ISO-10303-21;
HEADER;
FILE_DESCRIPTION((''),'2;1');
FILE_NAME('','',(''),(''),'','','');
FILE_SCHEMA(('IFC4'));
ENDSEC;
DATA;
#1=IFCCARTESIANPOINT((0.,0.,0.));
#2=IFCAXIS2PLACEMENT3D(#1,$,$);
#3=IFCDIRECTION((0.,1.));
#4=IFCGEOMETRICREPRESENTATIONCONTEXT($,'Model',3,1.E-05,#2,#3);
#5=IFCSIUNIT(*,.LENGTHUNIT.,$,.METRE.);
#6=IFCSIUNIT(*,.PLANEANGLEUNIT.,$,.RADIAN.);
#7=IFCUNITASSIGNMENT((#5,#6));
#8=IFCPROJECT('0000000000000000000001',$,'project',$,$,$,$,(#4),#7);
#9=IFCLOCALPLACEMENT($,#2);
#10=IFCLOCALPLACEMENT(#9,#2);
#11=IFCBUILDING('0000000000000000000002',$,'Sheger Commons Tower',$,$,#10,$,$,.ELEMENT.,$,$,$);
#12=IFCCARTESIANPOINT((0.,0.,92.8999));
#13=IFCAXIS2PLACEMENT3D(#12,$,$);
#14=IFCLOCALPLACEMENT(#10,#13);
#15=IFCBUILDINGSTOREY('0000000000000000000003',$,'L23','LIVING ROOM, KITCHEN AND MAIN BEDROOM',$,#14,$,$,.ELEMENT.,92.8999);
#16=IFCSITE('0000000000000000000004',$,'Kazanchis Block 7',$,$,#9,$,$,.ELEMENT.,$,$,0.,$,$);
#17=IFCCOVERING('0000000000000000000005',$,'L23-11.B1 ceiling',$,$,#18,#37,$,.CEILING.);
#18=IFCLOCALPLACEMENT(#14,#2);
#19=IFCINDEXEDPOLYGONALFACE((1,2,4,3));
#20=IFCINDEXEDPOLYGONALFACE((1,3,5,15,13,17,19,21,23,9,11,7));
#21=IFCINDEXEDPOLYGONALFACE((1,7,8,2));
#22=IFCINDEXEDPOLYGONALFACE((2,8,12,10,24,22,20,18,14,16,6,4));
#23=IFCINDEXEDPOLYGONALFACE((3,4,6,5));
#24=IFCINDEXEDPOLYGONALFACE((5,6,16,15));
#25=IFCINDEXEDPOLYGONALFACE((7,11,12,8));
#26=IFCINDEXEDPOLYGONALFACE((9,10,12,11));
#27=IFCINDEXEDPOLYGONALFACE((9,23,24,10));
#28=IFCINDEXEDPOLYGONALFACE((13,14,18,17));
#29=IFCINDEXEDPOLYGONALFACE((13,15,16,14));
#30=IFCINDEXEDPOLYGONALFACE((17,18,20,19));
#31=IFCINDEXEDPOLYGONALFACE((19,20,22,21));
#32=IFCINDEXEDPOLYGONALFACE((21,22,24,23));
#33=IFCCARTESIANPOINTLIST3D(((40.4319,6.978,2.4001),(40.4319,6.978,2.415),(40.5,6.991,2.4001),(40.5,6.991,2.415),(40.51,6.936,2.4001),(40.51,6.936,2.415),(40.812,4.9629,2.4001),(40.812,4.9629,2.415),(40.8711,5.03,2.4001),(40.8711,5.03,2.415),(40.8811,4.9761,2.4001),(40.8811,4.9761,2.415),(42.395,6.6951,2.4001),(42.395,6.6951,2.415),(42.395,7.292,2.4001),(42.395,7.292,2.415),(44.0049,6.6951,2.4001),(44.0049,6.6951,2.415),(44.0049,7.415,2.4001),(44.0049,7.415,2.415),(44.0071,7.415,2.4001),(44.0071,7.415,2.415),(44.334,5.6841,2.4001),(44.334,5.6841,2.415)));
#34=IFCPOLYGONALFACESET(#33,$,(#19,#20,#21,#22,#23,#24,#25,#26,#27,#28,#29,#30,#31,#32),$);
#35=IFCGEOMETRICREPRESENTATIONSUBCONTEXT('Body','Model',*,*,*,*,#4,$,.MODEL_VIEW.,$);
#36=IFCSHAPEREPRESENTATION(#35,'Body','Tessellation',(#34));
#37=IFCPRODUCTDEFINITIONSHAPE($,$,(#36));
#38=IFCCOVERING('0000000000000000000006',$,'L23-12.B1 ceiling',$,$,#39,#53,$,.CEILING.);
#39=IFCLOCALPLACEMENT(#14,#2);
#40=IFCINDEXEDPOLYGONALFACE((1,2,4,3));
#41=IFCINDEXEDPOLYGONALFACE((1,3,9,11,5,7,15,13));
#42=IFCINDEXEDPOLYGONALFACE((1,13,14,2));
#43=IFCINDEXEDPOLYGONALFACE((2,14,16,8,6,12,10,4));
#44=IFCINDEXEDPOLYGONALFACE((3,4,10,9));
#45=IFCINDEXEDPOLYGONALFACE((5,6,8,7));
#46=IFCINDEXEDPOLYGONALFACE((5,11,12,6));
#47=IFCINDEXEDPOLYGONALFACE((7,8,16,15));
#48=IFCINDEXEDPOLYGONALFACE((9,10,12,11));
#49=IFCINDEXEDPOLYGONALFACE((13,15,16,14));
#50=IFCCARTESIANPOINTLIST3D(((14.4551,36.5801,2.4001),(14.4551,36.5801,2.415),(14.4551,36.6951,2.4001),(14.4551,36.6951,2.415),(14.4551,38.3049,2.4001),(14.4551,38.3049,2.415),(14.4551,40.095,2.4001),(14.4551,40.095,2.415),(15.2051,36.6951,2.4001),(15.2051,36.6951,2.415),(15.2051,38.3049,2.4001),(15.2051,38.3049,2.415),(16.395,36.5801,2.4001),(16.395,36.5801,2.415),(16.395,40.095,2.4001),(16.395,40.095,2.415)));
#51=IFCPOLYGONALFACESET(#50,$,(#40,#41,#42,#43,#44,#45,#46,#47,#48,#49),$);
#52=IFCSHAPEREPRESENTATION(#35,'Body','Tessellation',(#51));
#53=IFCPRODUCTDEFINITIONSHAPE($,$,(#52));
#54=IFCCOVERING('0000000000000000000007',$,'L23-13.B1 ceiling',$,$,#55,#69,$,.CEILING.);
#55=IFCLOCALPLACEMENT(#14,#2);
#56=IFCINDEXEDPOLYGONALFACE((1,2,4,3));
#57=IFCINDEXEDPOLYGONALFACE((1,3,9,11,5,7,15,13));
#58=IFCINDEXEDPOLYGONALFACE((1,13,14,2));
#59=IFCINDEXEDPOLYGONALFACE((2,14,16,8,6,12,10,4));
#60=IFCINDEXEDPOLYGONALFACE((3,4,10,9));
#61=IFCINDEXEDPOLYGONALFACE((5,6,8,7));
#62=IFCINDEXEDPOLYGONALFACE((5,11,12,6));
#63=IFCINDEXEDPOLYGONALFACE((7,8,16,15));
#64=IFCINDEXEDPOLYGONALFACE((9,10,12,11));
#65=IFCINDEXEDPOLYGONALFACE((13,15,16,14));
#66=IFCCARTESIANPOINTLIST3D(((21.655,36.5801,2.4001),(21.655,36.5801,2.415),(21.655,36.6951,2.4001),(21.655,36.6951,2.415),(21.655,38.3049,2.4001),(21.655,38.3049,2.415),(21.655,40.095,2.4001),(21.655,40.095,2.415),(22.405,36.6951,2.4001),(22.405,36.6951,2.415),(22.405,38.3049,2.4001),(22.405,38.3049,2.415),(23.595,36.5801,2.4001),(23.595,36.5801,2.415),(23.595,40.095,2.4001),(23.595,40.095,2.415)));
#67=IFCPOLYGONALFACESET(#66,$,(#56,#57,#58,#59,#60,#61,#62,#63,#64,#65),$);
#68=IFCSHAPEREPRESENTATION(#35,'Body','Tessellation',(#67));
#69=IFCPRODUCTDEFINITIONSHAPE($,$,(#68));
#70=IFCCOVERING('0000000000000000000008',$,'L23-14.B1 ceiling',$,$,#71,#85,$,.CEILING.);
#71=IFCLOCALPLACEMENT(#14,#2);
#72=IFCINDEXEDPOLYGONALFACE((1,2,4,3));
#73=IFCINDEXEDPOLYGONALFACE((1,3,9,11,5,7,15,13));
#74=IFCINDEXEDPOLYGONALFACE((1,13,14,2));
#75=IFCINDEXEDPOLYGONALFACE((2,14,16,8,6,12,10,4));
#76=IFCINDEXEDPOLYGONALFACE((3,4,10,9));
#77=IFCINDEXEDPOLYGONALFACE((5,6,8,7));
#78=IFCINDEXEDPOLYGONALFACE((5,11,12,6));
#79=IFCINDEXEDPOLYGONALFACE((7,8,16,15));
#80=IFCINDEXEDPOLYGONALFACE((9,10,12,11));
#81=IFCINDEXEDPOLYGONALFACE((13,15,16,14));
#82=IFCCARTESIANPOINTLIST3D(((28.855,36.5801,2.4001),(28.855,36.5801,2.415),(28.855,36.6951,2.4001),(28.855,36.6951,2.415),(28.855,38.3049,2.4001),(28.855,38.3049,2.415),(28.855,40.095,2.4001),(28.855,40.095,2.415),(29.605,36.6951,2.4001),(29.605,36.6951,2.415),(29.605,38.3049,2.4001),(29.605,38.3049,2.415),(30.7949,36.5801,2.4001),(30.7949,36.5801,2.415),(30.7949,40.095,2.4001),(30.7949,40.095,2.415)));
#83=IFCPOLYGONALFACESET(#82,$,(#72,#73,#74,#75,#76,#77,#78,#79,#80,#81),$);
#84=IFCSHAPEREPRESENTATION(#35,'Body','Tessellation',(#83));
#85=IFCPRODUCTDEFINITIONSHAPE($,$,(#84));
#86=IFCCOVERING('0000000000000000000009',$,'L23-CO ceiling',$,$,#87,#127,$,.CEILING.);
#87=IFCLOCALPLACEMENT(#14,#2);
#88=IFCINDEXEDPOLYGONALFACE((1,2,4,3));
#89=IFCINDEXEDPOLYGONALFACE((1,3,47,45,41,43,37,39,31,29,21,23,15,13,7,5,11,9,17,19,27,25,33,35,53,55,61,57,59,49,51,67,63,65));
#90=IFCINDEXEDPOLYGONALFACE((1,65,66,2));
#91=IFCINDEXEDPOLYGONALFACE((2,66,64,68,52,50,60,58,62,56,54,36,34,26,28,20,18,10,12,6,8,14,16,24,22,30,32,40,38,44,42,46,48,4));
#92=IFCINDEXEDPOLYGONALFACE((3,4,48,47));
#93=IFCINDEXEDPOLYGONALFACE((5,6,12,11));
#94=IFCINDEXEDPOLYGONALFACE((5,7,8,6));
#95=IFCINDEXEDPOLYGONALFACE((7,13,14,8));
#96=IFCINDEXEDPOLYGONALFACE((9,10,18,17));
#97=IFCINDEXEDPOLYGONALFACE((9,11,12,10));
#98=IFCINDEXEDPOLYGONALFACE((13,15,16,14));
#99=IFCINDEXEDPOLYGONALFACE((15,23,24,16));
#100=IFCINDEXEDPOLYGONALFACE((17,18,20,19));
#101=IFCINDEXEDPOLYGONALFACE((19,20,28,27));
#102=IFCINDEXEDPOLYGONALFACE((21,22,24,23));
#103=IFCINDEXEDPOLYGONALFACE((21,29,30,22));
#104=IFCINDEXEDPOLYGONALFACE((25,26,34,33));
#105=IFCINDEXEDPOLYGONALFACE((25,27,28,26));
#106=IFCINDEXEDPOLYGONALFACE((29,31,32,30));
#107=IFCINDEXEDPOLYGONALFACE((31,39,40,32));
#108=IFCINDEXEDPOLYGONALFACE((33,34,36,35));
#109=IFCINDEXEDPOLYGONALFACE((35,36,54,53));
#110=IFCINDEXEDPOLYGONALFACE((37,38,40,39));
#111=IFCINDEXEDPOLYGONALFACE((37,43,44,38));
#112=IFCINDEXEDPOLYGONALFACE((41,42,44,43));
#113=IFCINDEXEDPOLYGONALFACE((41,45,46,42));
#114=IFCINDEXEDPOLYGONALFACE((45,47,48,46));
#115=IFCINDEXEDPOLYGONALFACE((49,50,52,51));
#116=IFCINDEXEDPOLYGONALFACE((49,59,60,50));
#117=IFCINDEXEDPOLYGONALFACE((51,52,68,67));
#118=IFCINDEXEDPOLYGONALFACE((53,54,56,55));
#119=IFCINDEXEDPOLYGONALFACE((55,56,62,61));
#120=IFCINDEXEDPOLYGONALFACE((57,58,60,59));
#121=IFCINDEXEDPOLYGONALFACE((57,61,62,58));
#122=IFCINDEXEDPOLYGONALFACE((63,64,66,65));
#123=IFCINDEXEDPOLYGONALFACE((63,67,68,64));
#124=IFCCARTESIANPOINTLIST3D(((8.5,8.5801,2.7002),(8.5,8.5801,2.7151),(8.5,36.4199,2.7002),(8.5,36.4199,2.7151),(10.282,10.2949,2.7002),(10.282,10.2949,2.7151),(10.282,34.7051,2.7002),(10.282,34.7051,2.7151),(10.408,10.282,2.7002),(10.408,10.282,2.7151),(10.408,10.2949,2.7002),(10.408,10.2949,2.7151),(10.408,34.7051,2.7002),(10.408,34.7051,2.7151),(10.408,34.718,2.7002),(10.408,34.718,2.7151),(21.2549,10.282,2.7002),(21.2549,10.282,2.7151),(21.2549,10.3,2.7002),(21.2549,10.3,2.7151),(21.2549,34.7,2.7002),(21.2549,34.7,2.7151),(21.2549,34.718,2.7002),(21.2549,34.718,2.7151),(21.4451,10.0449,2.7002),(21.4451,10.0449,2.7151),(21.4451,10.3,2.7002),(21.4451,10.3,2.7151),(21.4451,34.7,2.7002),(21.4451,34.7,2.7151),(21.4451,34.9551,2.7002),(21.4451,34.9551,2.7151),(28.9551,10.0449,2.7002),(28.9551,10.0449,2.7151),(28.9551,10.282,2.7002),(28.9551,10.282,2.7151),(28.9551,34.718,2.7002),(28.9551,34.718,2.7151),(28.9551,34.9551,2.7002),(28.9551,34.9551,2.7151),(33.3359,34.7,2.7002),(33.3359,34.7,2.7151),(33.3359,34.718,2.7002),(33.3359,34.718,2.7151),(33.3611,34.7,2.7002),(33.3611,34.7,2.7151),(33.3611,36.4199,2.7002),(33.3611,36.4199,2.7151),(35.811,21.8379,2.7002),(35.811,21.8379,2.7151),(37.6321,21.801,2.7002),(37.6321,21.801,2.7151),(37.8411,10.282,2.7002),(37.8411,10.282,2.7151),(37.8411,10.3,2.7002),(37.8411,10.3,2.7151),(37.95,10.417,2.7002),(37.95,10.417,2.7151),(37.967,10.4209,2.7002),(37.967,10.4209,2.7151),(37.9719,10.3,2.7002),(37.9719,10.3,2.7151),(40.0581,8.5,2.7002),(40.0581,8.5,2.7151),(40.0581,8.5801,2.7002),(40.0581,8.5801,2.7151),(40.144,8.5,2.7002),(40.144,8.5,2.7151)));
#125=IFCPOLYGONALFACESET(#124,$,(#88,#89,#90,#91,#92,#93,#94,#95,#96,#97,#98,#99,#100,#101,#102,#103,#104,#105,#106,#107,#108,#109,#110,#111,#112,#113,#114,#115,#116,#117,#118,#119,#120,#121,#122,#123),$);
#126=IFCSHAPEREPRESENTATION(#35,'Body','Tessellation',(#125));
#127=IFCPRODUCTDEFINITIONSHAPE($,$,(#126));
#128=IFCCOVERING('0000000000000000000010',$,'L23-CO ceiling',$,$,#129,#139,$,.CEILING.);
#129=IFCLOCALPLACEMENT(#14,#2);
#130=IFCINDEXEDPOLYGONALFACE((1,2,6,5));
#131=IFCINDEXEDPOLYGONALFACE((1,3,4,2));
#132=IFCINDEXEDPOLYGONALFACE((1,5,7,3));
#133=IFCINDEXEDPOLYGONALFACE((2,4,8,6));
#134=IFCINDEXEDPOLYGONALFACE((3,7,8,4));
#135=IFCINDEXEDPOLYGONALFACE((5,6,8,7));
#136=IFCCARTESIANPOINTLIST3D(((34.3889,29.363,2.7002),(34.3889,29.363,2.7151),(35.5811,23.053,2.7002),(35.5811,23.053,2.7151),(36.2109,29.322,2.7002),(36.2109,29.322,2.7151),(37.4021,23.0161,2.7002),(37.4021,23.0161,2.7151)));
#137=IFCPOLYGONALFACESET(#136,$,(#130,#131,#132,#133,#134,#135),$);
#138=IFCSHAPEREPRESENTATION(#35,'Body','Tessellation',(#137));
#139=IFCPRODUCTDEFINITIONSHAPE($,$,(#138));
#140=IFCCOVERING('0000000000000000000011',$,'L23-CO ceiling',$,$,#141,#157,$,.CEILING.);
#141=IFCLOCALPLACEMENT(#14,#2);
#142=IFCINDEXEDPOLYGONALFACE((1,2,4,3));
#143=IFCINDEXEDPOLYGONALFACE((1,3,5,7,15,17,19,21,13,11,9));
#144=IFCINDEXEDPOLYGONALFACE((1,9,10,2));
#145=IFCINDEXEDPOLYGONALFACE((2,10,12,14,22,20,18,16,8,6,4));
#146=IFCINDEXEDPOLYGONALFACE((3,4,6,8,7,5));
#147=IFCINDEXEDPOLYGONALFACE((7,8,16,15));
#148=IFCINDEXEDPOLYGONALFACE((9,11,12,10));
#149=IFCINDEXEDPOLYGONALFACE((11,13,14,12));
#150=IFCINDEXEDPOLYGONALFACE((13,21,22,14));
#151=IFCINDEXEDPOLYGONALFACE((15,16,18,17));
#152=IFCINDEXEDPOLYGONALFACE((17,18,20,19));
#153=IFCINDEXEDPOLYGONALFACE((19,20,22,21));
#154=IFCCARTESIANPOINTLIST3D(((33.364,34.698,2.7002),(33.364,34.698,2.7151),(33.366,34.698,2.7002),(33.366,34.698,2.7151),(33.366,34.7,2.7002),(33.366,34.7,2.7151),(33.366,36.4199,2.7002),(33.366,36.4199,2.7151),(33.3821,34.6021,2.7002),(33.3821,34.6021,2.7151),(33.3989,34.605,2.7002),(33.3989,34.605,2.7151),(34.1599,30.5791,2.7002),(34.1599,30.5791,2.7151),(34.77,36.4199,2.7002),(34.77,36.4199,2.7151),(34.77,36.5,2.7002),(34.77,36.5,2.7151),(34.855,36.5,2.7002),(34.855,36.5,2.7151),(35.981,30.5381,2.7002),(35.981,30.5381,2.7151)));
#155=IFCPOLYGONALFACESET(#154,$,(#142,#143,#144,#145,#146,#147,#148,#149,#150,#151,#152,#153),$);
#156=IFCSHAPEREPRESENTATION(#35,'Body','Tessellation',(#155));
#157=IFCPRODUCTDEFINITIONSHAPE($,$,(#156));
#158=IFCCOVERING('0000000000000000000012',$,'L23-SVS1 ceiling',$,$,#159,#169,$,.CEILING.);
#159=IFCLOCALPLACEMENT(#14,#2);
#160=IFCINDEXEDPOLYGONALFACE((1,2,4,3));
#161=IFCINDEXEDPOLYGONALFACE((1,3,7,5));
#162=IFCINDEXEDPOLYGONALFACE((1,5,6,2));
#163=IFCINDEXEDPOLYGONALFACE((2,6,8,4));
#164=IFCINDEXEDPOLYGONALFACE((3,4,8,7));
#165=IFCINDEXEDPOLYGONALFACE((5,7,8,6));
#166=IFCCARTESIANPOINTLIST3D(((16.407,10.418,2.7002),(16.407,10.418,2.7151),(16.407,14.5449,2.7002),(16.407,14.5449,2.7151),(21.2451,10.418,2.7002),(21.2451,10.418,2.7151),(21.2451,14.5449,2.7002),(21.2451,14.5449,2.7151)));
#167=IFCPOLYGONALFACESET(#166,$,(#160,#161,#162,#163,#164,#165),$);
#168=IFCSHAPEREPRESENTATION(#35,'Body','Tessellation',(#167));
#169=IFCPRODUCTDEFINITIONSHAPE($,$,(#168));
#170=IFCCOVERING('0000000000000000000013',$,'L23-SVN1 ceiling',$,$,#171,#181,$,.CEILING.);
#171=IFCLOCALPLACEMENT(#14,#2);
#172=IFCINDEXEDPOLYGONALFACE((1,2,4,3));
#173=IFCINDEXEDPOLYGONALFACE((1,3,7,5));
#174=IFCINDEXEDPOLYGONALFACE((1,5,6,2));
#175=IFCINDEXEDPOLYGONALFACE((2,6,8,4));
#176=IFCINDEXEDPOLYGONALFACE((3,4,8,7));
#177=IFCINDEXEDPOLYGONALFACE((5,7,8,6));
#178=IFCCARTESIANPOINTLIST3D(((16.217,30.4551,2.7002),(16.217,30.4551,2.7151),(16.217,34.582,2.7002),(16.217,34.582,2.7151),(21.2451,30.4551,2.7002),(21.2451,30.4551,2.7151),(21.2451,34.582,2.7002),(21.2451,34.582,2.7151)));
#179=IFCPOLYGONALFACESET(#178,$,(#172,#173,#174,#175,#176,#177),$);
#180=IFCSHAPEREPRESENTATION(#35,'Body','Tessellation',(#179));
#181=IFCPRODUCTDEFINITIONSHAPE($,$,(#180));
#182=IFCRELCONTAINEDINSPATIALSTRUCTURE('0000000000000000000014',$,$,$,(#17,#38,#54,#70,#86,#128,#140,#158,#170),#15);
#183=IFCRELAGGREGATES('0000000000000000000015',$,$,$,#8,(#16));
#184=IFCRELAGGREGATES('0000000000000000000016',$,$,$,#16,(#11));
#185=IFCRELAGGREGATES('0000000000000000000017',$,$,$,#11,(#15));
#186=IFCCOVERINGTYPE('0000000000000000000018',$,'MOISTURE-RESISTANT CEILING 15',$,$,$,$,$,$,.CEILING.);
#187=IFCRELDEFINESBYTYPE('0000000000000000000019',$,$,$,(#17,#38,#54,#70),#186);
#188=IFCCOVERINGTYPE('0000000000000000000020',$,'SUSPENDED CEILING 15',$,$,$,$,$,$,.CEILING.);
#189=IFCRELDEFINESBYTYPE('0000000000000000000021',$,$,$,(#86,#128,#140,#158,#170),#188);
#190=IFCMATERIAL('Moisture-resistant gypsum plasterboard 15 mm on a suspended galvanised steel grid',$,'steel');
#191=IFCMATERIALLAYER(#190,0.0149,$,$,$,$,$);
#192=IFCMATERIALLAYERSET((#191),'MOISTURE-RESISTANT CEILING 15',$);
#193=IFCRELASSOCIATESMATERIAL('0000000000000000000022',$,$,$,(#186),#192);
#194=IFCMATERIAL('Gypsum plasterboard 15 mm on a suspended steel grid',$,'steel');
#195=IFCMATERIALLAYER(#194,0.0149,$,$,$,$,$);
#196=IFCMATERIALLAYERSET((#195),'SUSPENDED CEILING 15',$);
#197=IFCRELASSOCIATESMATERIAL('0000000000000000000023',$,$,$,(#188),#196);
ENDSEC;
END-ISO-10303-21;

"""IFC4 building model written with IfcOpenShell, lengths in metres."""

from ifc_helpers import new_model, si_unit, direction, frame, origin, place, context, subcontext, project, spatial, polyline, outline, extrude, material, layer, layer_set, type_object, element, save


model = new_model("IFC4")

# Units and contexts
model_context = context("Model", 3, precision=1e-05, world=origin(), true_north=direction((0.0, 1.0)))
body_context = subcontext(model_context, "Body", "Model", "MODEL_VIEW")
ifc_project = project(units=[si_unit("LENGTHUNIT", "METRE"), si_unit("PLANEANGLEUNIT", "RADIAN")], contexts=[model_context])

# Site, building, storey
site_placement = place(None, origin())
site = spatial("IfcSite", under=ifc_project, at=site_placement, Name="Kazanchis Block 7", CompositionType="ELEMENT", RefElevation=0.0)
building_placement = place(site_placement, origin())
building = spatial("IfcBuilding", under=site, at=building_placement, Name="Sheger Commons Tower", CompositionType="ELEMENT")
storey_placement = place(building_placement, frame((0.0, 0.0, 92.8999)))
storey = spatial("IfcBuildingStorey", under=building, at=storey_placement, Name="L23", Description="LIVING ROOM, KITCHEN AND MAIN BEDROOM", CompositionType="ELEMENT", Elevation=92.8999)

# Coverings
ifc_material_1 = material(Name="Moisture-resistant gypsum plasterboard 15 mm on a suspended galvanised steel grid", Category="steel")
ifc_layer_1 = layer(ifc_material_1, 0.0149)
ifc_layer_set_1 = layer_set([ifc_layer_1], Name="MOISTURE-RESISTANT CEILING 15")
covering_type_1 = type_object("IfcCoveringType", Name="MOISTURE-RESISTANT CEILING 15", PredefinedType="CEILING", material=ifc_layer_set_1)
covering_1_placement = place(storey_placement, frame((0.0, 0.0, 2.4001)))
element("IfcCovering", 1, at=covering_1_placement, inside=storey, type_object=covering_type_1, Name="L23-11.B1 ceiling", PredefinedType="CEILING", context=body_context, shape_type="SweptSolid", body=[
    extrude(outline(polyline([(40.812, 4.9629), (40.8811, 4.9761), (40.8711, 5.03), (44.334, 5.6841), (44.0071, 7.415), (44.0049, 7.415), (44.0049, 6.6951), (42.395, 6.6951), (42.395, 7.292), (40.51, 6.936), (40.5, 6.991), (40.4319, 6.978), (40.812, 4.9629)])), origin(), (0.0, 0.0, 1.0), 0.0149),
])
covering_2_placement = place(storey_placement, frame((0.0, 0.0, 2.4001)))
element("IfcCovering", 2, at=covering_2_placement, inside=storey, type_object=covering_type_1, Name="L23-12.B1 ceiling", PredefinedType="CEILING", context=body_context, shape_type="SweptSolid", body=[
    extrude(outline(polyline([(14.4551, 36.5801), (16.395, 36.5801), (16.395, 40.095), (14.4551, 40.095), (14.4551, 38.3049), (15.2051, 38.3049), (15.2051, 36.6951), (14.4551, 36.6951), (14.4551, 36.5801)])), origin(), (0.0, 0.0, 1.0), 0.0149),
])
covering_3_placement = place(storey_placement, frame((0.0, 0.0, 2.4001)))
element("IfcCovering", 3, at=covering_3_placement, inside=storey, type_object=covering_type_1, Name="L23-13.B1 ceiling", PredefinedType="CEILING", context=body_context, shape_type="SweptSolid", body=[
    extrude(outline(polyline([(21.655, 36.5801), (23.595, 36.5801), (23.595, 40.095), (21.655, 40.095), (21.655, 38.3049), (22.405, 38.3049), (22.405, 36.6951), (21.655, 36.6951), (21.655, 36.5801)])), origin(), (0.0, 0.0, 1.0), 0.0149),
])
covering_4_placement = place(storey_placement, frame((0.0, 0.0, 2.4001)))
element("IfcCovering", 4, at=covering_4_placement, inside=storey, type_object=covering_type_1, Name="L23-14.B1 ceiling", PredefinedType="CEILING", context=body_context, shape_type="SweptSolid", body=[
    extrude(outline(polyline([(28.855, 36.5801), (30.7949, 36.5801), (30.7949, 40.095), (28.855, 40.095), (28.855, 38.3049), (29.605, 38.3049), (29.605, 36.6951), (28.855, 36.6951), (28.855, 36.5801)])), origin(), (0.0, 0.0, 1.0), 0.0149),
])
ifc_material_2 = material(Name="Gypsum plasterboard 15 mm on a suspended steel grid", Category="steel")
ifc_layer_2 = layer(ifc_material_2, 0.0149)
ifc_layer_set_2 = layer_set([ifc_layer_2], Name="SUSPENDED CEILING 15")
covering_type_2 = type_object("IfcCoveringType", Name="SUSPENDED CEILING 15", PredefinedType="CEILING", material=ifc_layer_set_2)
covering_5_placement = place(storey_placement, frame((0.0, 0.0, 2.7002)))
element("IfcCovering", 5, at=covering_5_placement, inside=storey, type_object=covering_type_2, Name="L23-CO ceiling", PredefinedType="CEILING", context=body_context, shape_type="SweptSolid", body=[
    extrude(outline(polyline([(40.0581, 8.5), (40.144, 8.5), (37.6321, 21.801), (35.811, 21.8379), (37.967, 10.4209), (37.95, 10.417), (37.9719, 10.3), (37.8411, 10.3), (37.8411, 10.282), (28.9551, 10.282), (28.9551, 10.0449), (21.4451, 10.0449), (21.4451, 10.3), (21.2549, 10.3), (21.2549, 10.282), (10.408, 10.282), (10.408, 10.2949), (10.282, 10.2949), (10.282, 34.7051), (10.408, 34.7051), (10.408, 34.718), (21.2549, 34.718), (21.2549, 34.7), (21.4451, 34.7), (21.4451, 34.9551), (28.9551, 34.9551), (28.9551, 34.718), (33.3359, 34.718), (33.3359, 34.7), (33.3611, 34.7), (33.3611, 36.4199), (8.5, 36.4199), (8.5, 8.5801), (40.0581, 8.5801), (40.0581, 8.5)])), origin(), (0.0, 0.0, 1.0), 0.0149),
])
covering_6_placement = place(storey_placement, frame((0.0, 0.0, 2.7002)))
element("IfcCovering", 6, at=covering_6_placement, inside=storey, type_object=covering_type_2, Name="L23-CO ceiling", PredefinedType="CEILING", context=body_context, shape_type="SweptSolid", body=[
    extrude(outline(polyline([(37.4021, 23.0161), (36.2109, 29.322), (34.3889, 29.363), (35.5811, 23.053), (37.4021, 23.0161)])), origin(), (0.0, 0.0, 1.0), 0.0149),
])
covering_7_placement = place(storey_placement, frame((0.0, 0.0, 2.7002)))
element("IfcCovering", 7, at=covering_7_placement, inside=storey, type_object=covering_type_2, Name="L23-CO ceiling", PredefinedType="CEILING", context=body_context, shape_type="SweptSolid", body=[
    extrude(outline(polyline([(35.981, 30.5381), (34.855, 36.5), (34.77, 36.5), (34.77, 36.4199), (33.366, 36.4199), (33.366, 34.7), (33.366, 34.698), (33.364, 34.698), (33.3821, 34.6021), (33.3989, 34.605), (34.1599, 30.5791), (35.981, 30.5381)])), origin(), (0.0, 0.0, 1.0), 0.0149),
])
covering_8_placement = place(storey_placement, frame((0.0, 0.0, 2.7002)))
element("IfcCovering", 8, at=covering_8_placement, inside=storey, type_object=covering_type_2, Name="L23-SVS1 ceiling", PredefinedType="CEILING", context=body_context, shape_type="SweptSolid", body=[
    extrude(outline(polyline([(16.407, 10.418), (21.2451, 10.418), (21.2451, 14.5449), (16.407, 14.5449), (16.407, 10.418)])), origin(), (0.0, 0.0, 1.0), 0.0149),
])
covering_9_placement = place(storey_placement, frame((0.0, 0.0, 2.7002)))
element("IfcCovering", 9, at=covering_9_placement, inside=storey, type_object=covering_type_2, Name="L23-SVN1 ceiling", PredefinedType="CEILING", context=body_context, shape_type="SweptSolid", body=[
    extrude(outline(polyline([(16.217, 30.4551), (21.2451, 30.4551), (21.2451, 34.582), (16.217, 34.582), (16.217, 30.4551)])), origin(), (0.0, 0.0, 1.0), 0.0149),
])

save(model, "model.ifc")
